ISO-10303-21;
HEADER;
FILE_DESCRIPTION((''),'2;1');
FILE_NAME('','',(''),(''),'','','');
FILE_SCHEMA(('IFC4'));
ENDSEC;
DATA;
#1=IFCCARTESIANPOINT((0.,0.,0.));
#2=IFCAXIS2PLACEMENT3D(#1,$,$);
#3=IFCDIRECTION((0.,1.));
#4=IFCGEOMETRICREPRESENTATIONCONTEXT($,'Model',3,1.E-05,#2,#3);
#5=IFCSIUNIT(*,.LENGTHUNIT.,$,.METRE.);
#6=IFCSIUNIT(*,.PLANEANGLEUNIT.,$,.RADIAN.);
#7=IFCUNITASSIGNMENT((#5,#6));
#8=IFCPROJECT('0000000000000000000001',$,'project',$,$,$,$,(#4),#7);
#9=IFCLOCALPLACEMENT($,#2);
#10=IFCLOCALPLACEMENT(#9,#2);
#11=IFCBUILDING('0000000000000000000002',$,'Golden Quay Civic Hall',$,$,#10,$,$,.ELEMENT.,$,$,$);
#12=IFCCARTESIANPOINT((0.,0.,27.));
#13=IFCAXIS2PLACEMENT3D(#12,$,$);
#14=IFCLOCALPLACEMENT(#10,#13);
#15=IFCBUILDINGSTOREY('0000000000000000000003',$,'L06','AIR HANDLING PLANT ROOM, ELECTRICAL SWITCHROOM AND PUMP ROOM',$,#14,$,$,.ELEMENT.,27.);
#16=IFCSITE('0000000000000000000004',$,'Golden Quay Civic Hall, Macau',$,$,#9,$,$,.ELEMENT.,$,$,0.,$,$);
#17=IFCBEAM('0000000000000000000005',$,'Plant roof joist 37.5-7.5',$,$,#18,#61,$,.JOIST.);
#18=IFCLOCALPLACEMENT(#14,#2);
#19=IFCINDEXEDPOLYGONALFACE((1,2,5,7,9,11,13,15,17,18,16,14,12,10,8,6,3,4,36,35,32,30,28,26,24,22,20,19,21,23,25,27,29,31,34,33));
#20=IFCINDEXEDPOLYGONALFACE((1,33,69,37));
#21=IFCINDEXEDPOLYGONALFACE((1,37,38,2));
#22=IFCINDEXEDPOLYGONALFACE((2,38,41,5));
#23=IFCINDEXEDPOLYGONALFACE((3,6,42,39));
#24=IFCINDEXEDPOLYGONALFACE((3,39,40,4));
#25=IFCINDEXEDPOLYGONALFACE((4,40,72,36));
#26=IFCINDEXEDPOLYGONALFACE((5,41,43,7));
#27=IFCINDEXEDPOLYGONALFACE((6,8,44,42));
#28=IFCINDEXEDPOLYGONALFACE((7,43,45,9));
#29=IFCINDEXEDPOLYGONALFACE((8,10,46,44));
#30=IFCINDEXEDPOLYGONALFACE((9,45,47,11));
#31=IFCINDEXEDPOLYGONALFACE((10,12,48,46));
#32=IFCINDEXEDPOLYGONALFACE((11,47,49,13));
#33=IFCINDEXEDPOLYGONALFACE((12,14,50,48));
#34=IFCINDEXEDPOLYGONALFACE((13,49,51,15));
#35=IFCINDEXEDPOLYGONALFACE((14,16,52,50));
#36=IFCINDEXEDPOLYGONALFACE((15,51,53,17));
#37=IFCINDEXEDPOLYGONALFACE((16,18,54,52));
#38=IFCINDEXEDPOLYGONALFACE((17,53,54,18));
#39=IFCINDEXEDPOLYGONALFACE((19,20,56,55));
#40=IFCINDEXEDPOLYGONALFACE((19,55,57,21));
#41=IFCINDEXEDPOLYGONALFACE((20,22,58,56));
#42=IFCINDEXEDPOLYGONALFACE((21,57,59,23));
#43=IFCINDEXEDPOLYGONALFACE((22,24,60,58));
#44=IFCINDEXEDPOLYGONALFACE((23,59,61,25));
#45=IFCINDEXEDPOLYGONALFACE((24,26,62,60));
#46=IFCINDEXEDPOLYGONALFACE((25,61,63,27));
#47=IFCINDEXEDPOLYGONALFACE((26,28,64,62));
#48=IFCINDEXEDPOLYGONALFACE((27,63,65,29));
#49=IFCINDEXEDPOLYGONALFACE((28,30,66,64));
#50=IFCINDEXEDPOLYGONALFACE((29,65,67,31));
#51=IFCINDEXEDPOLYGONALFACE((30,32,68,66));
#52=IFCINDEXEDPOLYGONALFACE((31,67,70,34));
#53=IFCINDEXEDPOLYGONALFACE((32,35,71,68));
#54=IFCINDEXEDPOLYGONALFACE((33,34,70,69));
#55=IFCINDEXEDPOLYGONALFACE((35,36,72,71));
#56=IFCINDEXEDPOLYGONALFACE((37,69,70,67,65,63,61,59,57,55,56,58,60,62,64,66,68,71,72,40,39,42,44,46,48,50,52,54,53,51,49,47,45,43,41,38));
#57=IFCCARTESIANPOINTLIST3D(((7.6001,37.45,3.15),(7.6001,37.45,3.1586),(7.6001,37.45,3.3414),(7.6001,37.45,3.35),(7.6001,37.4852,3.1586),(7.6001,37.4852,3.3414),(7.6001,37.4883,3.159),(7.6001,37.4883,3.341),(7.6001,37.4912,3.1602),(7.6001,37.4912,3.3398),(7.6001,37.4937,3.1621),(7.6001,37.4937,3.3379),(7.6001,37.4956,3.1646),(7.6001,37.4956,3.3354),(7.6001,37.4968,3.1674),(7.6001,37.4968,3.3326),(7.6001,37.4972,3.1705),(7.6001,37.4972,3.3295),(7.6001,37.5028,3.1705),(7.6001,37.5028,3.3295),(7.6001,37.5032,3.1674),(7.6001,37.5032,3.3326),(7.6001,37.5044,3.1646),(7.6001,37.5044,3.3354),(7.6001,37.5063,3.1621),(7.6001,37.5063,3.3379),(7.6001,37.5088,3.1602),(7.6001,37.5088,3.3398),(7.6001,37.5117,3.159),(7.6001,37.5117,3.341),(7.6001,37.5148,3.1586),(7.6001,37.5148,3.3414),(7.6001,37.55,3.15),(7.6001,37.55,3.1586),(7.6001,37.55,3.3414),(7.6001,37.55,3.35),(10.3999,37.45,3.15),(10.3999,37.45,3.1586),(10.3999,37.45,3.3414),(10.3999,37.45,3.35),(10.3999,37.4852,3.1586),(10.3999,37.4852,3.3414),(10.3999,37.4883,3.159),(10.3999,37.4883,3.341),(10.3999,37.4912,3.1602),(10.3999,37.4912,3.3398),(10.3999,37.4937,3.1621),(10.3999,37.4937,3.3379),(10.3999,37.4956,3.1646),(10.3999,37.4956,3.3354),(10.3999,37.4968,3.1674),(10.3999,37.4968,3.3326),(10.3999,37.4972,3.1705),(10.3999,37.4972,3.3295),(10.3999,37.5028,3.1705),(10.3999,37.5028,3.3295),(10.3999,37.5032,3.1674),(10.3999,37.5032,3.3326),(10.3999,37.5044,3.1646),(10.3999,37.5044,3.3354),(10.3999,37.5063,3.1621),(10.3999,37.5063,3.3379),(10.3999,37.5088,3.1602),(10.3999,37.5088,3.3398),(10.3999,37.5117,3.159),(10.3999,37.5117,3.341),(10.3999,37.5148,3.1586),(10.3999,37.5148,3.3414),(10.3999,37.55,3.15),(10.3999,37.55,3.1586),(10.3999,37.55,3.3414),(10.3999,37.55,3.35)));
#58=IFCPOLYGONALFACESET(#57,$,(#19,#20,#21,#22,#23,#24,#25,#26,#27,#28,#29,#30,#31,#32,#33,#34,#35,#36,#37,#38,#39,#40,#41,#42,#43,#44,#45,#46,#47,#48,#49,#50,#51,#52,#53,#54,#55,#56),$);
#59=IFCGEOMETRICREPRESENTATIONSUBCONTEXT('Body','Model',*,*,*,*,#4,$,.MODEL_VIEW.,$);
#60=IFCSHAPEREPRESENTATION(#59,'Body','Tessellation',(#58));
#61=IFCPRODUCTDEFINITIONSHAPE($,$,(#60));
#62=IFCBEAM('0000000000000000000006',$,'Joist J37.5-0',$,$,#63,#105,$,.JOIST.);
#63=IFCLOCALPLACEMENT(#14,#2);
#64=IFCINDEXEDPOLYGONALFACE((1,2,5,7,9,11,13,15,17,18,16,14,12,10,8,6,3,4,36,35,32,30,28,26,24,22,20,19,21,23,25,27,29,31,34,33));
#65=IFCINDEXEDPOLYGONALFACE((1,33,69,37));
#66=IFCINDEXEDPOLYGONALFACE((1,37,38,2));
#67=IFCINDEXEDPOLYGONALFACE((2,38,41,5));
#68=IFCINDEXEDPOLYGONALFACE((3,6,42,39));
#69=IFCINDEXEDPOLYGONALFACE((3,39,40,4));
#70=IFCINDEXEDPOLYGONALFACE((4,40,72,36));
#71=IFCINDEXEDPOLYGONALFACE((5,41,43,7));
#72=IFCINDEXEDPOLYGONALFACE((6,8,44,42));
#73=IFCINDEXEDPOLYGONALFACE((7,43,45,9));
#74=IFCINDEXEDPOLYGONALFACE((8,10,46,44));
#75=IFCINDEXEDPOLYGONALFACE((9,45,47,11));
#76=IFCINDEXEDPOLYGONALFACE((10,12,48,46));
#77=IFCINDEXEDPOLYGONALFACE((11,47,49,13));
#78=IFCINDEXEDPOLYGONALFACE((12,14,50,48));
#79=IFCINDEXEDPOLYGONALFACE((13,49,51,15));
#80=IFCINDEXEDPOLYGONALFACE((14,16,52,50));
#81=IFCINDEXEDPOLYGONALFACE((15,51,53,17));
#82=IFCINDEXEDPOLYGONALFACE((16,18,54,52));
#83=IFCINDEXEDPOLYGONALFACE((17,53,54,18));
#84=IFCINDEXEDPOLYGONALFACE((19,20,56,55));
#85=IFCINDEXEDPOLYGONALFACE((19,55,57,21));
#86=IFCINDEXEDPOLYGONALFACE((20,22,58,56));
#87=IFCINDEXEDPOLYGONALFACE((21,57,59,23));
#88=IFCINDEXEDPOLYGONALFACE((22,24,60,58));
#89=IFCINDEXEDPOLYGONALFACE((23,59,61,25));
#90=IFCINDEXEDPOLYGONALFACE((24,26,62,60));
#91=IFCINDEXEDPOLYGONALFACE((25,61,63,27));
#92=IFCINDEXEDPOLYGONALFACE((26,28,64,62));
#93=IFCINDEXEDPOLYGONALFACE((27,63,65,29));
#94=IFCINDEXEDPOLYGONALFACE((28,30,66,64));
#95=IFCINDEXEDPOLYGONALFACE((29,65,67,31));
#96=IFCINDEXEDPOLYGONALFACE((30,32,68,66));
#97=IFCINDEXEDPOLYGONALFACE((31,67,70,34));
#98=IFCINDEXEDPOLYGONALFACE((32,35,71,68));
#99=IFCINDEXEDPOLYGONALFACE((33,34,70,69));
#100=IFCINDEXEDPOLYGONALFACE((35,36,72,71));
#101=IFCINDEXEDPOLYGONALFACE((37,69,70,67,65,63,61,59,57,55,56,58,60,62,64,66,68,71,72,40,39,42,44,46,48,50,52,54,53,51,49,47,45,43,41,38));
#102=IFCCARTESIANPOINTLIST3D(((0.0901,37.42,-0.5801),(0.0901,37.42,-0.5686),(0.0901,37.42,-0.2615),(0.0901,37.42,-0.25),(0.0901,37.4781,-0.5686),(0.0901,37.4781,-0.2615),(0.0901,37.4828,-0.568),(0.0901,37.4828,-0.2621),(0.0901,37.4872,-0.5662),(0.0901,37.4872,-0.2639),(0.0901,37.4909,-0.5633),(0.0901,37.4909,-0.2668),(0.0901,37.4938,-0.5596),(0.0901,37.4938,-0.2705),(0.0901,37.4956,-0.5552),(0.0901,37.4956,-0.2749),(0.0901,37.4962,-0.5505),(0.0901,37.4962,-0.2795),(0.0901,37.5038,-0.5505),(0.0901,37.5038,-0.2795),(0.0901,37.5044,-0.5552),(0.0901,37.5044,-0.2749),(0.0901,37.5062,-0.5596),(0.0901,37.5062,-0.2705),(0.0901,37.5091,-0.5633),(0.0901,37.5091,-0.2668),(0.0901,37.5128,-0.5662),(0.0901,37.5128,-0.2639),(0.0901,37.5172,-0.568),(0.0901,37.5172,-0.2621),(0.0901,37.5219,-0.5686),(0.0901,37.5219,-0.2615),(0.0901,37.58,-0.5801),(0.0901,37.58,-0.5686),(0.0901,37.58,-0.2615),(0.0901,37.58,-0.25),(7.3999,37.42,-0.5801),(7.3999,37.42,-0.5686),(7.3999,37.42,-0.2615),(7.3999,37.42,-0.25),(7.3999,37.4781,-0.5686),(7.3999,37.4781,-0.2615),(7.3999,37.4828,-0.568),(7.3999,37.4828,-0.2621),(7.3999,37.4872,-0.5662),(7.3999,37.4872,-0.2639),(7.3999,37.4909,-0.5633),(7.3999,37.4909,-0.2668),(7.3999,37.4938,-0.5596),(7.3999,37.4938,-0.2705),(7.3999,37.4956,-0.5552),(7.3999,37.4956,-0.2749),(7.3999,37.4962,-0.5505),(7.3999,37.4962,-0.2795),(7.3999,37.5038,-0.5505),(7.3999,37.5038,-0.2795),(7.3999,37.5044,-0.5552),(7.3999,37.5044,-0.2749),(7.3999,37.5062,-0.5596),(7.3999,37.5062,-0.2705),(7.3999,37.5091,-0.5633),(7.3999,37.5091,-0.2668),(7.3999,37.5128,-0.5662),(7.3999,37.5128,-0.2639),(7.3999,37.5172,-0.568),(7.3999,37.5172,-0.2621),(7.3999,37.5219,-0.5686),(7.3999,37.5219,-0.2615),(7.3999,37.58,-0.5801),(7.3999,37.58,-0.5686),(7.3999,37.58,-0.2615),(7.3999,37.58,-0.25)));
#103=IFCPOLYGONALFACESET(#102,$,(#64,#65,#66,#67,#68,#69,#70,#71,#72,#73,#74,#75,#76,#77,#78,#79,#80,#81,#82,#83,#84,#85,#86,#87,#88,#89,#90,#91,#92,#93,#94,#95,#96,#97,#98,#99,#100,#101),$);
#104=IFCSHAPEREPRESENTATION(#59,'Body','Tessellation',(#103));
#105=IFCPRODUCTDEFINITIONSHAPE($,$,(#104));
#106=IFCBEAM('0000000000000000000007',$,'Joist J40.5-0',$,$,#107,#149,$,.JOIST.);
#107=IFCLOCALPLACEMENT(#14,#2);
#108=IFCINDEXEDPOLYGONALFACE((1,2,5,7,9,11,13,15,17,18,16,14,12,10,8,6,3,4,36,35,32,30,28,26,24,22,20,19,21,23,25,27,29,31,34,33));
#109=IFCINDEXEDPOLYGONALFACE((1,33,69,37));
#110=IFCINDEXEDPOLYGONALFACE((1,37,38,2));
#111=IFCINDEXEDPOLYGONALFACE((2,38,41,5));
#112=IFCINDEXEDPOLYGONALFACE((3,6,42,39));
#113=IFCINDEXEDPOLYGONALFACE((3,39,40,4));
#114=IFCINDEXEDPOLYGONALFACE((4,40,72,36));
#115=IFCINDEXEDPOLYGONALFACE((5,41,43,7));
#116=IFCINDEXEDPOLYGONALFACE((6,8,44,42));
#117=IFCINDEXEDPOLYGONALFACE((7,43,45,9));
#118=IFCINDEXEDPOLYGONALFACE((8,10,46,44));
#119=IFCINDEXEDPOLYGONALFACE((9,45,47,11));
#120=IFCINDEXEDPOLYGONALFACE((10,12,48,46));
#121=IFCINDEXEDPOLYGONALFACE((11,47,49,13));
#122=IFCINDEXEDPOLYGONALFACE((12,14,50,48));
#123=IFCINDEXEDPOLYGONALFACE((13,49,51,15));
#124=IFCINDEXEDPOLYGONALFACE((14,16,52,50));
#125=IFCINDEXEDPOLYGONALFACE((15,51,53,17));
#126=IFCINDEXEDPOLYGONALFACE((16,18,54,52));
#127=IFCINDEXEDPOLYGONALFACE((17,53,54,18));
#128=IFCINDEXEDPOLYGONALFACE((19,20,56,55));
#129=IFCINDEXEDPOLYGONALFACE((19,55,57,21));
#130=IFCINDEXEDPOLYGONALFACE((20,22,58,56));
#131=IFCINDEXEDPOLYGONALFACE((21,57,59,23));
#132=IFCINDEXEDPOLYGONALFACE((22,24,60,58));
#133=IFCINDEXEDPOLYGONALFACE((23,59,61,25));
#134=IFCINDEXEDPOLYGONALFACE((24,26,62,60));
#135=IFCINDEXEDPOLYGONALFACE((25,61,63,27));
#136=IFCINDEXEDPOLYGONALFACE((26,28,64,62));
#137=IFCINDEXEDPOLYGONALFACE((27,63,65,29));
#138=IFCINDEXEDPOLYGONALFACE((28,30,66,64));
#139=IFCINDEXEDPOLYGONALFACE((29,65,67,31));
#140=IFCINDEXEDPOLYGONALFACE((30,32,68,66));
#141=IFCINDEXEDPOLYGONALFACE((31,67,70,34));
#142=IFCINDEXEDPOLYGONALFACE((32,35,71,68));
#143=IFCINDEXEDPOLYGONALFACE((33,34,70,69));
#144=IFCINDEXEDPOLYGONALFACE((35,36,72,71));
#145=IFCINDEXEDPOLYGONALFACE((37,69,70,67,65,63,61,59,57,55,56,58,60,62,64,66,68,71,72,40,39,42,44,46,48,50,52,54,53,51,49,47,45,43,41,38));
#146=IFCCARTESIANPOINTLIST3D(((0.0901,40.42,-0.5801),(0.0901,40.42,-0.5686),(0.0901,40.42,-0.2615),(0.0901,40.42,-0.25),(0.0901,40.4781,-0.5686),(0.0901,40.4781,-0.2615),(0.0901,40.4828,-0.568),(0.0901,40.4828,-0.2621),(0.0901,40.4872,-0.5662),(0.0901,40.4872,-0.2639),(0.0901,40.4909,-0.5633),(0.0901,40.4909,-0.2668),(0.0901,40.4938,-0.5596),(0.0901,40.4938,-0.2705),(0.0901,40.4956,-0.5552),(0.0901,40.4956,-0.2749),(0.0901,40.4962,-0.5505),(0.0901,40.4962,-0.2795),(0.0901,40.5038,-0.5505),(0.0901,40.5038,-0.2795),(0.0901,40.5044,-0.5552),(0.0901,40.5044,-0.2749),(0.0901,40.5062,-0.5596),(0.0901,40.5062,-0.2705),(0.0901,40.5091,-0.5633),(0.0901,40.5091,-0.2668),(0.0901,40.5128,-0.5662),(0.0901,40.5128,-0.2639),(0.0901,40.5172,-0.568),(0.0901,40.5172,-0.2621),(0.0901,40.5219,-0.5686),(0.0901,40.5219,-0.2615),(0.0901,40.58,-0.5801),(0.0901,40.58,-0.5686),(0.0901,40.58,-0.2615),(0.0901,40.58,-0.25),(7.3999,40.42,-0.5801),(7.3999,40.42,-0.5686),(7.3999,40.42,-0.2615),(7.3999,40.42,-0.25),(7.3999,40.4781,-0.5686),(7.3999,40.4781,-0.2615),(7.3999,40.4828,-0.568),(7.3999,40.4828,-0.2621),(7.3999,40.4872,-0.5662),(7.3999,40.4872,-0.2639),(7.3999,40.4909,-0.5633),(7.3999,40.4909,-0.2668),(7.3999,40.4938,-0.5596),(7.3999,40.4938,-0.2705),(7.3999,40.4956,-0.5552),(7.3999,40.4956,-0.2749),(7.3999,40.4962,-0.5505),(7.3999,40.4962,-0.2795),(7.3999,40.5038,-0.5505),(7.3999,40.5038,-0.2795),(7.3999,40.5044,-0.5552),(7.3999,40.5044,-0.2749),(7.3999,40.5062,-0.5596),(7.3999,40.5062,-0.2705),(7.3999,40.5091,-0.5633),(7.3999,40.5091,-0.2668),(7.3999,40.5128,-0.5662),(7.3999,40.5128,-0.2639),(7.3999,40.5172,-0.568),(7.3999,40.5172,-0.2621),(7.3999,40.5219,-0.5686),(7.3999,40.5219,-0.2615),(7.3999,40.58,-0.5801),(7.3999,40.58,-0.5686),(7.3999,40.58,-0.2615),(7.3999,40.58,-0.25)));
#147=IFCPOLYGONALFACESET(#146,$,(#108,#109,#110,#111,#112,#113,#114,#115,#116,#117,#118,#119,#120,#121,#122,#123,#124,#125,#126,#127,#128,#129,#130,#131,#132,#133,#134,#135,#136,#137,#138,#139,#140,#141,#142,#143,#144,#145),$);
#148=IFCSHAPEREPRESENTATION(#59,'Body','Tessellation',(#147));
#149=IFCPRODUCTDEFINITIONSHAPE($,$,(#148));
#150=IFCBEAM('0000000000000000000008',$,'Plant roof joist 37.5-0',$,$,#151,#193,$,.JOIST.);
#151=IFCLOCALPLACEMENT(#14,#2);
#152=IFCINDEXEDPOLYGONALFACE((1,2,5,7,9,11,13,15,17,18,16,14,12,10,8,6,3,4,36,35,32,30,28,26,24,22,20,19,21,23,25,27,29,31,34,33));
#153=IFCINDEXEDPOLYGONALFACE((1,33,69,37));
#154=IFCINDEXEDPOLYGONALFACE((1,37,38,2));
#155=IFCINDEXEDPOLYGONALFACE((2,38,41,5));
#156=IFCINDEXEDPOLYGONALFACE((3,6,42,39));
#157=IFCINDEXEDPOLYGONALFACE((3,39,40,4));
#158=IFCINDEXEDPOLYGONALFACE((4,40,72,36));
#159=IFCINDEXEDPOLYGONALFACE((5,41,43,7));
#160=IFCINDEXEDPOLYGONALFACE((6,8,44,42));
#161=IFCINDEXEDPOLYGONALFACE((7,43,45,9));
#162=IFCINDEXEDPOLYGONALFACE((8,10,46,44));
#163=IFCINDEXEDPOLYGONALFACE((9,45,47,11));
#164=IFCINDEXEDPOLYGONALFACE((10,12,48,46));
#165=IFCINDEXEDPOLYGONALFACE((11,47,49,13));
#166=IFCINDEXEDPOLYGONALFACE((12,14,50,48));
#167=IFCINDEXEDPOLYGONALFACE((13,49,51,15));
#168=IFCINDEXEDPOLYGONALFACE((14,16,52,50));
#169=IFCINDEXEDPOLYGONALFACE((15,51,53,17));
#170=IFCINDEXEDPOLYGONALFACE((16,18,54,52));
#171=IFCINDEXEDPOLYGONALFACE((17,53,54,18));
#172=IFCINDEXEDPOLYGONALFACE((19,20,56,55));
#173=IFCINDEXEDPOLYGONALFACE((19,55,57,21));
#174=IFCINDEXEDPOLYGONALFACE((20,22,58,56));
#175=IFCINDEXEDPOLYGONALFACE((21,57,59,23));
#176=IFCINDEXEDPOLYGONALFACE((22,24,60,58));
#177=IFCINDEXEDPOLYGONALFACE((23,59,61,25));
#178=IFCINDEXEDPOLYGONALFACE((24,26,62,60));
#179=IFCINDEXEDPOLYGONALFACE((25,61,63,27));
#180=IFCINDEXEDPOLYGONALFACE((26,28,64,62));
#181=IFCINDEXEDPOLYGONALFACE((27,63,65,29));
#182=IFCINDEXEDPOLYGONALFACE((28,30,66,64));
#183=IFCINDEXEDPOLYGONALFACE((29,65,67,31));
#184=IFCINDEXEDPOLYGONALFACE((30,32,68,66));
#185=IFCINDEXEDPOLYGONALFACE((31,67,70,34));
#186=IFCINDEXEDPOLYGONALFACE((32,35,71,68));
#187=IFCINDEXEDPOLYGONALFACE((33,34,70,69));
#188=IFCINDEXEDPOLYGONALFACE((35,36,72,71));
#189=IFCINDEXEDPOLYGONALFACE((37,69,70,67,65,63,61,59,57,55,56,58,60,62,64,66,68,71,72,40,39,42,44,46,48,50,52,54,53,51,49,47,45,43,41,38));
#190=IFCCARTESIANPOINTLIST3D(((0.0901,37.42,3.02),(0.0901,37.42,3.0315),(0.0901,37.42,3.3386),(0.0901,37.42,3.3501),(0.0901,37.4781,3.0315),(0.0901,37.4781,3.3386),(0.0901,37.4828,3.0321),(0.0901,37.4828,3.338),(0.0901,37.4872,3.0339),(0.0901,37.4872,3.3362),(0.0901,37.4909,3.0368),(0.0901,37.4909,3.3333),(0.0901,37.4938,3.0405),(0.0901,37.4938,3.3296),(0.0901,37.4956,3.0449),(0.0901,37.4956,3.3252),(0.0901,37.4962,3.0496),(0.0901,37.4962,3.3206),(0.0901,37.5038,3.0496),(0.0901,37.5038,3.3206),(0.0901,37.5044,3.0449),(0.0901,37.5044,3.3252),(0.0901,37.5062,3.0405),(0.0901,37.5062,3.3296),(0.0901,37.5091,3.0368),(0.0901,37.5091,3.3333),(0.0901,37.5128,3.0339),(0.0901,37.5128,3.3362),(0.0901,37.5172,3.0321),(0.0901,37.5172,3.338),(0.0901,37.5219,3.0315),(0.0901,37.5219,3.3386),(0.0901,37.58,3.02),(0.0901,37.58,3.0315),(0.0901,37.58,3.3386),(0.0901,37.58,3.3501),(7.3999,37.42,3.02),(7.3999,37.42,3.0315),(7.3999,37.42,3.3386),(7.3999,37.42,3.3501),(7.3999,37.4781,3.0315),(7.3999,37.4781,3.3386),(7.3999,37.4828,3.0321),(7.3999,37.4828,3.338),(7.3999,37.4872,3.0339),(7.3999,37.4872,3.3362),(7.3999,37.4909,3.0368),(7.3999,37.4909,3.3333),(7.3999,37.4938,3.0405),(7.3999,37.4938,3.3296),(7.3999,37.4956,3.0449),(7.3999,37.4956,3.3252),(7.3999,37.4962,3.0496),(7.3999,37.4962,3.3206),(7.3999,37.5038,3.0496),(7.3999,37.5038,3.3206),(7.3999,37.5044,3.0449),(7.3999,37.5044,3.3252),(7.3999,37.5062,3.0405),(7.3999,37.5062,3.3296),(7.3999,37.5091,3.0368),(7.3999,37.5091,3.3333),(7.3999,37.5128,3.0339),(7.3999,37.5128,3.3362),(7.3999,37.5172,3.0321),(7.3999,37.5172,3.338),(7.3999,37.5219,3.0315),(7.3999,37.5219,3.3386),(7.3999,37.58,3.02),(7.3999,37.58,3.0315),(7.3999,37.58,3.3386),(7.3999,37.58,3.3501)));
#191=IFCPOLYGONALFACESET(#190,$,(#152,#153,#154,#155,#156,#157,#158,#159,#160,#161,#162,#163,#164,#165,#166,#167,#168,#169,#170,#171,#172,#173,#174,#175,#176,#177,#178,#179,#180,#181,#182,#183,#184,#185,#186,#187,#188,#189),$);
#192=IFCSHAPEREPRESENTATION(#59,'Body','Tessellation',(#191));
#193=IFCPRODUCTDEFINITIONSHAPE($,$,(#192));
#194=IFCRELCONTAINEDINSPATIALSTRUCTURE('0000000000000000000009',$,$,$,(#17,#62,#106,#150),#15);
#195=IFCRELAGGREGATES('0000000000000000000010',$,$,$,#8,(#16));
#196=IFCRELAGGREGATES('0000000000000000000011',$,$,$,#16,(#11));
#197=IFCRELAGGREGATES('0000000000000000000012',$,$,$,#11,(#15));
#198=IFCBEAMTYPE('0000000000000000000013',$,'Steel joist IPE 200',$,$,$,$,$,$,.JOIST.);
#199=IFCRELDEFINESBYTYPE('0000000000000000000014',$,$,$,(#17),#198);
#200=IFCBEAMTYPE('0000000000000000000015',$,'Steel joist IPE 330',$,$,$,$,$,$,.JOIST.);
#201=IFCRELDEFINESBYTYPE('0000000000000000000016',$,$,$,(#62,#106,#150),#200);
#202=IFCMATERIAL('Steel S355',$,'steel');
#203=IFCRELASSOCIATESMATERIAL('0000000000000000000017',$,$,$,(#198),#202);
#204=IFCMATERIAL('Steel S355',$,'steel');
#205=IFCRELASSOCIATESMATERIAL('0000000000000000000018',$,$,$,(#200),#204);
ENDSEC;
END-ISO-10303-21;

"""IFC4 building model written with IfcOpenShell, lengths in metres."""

from ifc_helpers import new_model, si_unit, direction, frame, origin, origin_2d, place, context, subcontext, project, spatial, i_section, extrude, material, material_profile, profile_set, type_object, element, save


model = new_model("IFC4")

# Units and contexts
model_context = context("Model", 3, precision=1e-05, world=origin(), true_north=direction((0.0, 1.0)))
body_context = subcontext(model_context, "Body", "Model", "MODEL_VIEW")
ifc_project = project(units=[si_unit("LENGTHUNIT", "METRE"), si_unit("PLANEANGLEUNIT", "RADIAN")], contexts=[model_context])

# Site, building, storey
site_placement = place(None, origin())
site = spatial("IfcSite", under=ifc_project, at=site_placement, Name="Golden Quay Civic Hall, Macau", CompositionType="ELEMENT", RefElevation=0.0)
building_placement = place(site_placement, origin())
building = spatial("IfcBuilding", under=site, at=building_placement, Name="Golden Quay Civic Hall", CompositionType="ELEMENT")
storey_placement = place(building_placement, frame((0.0, 0.0, 27.0)))
storey = spatial("IfcBuildingStorey", under=building, at=storey_placement, Name="L06", Description="AIR HANDLING PLANT ROOM, ELECTRICAL SWITCHROOM AND PUMP ROOM", CompositionType="ELEMENT", Elevation=27.0)

# Beams
ifc_material_1 = material(Name="Steel S355", Category="steel")
ifc_material_profile_1 = material_profile(ifc_material_1, i_section(OverallWidth=0.1001, OverallDepth=0.2, WebThickness=0.0056, FlangeThickness=0.0085, FilletRadius=0.012, at=origin_2d()), Name="IPE 200")
ifc_profile_set_1 = profile_set([ifc_material_profile_1], Name="Steel S355")
beam_type_1 = type_object("IfcBeamType", Name="Steel joist IPE 200", PredefinedType="JOIST", material=ifc_profile_set_1)
for number, where, z_axis, x_axis, name in (
    (1, (7.6001, 37.5, 3.25), (1.0, 0.0, 0.0), (0.0, 1.0, 0.0), "Plant roof joist 37.5-7.5"),
):
    element("IfcBeam", number, at=place(storey_placement, frame(where, z_axis=z_axis, x_axis=x_axis)), inside=storey, type_object=beam_type_1, Name=name, PredefinedType="JOIST", context=body_context, shape_type="SweptSolid", body=[
        extrude(i_section(OverallWidth=0.1001, OverallDepth=0.2, WebThickness=0.0056, FlangeThickness=0.0085, FilletRadius=0.012, at=origin_2d()), origin(), (0.0, 0.0, 1.0), 2.7998),
    ])
ifc_material_2 = material(Name="Steel S355", Category="steel")
ifc_material_profile_2 = material_profile(ifc_material_2, i_section(OverallWidth=0.1599, OverallDepth=0.3301, WebThickness=0.0076, FlangeThickness=0.0115, FilletRadius=0.0181, at=origin_2d()), Name="IPE 330")
ifc_profile_set_2 = profile_set([ifc_material_profile_2], Name="Steel S355")
beam_type_2 = type_object("IfcBeamType", Name="Steel joist IPE 330", PredefinedType="JOIST", material=ifc_profile_set_2)
for number, where, z_axis, x_axis, name in (
    (2, (0.0901, 37.5, -0.415), (1.0, 0.0, 0.0), (0.0, 1.0, 0.0), "Joist J37.5-0"),
    (3, (0.0901, 40.5, -0.415), (1.0, 0.0, 0.0), (0.0, 1.0, 0.0), "Joist J40.5-0"),
    (4, (0.0901, 37.5, 3.1851), (1.0, 0.0, 0.0), (0.0, 1.0, 0.0), "Plant roof joist 37.5-0"),
):
    element("IfcBeam", number, at=place(storey_placement, frame(where, z_axis=z_axis, x_axis=x_axis)), inside=storey, type_object=beam_type_2, Name=name, PredefinedType="JOIST", context=body_context, shape_type="SweptSolid", body=[
        extrude(i_section(OverallWidth=0.1599, OverallDepth=0.3301, WebThickness=0.0076, FlangeThickness=0.0115, FilletRadius=0.0181, at=origin_2d()), origin(), (0.0, 0.0, 1.0), 7.3098),
    ])

save(model, "model.ifc")
